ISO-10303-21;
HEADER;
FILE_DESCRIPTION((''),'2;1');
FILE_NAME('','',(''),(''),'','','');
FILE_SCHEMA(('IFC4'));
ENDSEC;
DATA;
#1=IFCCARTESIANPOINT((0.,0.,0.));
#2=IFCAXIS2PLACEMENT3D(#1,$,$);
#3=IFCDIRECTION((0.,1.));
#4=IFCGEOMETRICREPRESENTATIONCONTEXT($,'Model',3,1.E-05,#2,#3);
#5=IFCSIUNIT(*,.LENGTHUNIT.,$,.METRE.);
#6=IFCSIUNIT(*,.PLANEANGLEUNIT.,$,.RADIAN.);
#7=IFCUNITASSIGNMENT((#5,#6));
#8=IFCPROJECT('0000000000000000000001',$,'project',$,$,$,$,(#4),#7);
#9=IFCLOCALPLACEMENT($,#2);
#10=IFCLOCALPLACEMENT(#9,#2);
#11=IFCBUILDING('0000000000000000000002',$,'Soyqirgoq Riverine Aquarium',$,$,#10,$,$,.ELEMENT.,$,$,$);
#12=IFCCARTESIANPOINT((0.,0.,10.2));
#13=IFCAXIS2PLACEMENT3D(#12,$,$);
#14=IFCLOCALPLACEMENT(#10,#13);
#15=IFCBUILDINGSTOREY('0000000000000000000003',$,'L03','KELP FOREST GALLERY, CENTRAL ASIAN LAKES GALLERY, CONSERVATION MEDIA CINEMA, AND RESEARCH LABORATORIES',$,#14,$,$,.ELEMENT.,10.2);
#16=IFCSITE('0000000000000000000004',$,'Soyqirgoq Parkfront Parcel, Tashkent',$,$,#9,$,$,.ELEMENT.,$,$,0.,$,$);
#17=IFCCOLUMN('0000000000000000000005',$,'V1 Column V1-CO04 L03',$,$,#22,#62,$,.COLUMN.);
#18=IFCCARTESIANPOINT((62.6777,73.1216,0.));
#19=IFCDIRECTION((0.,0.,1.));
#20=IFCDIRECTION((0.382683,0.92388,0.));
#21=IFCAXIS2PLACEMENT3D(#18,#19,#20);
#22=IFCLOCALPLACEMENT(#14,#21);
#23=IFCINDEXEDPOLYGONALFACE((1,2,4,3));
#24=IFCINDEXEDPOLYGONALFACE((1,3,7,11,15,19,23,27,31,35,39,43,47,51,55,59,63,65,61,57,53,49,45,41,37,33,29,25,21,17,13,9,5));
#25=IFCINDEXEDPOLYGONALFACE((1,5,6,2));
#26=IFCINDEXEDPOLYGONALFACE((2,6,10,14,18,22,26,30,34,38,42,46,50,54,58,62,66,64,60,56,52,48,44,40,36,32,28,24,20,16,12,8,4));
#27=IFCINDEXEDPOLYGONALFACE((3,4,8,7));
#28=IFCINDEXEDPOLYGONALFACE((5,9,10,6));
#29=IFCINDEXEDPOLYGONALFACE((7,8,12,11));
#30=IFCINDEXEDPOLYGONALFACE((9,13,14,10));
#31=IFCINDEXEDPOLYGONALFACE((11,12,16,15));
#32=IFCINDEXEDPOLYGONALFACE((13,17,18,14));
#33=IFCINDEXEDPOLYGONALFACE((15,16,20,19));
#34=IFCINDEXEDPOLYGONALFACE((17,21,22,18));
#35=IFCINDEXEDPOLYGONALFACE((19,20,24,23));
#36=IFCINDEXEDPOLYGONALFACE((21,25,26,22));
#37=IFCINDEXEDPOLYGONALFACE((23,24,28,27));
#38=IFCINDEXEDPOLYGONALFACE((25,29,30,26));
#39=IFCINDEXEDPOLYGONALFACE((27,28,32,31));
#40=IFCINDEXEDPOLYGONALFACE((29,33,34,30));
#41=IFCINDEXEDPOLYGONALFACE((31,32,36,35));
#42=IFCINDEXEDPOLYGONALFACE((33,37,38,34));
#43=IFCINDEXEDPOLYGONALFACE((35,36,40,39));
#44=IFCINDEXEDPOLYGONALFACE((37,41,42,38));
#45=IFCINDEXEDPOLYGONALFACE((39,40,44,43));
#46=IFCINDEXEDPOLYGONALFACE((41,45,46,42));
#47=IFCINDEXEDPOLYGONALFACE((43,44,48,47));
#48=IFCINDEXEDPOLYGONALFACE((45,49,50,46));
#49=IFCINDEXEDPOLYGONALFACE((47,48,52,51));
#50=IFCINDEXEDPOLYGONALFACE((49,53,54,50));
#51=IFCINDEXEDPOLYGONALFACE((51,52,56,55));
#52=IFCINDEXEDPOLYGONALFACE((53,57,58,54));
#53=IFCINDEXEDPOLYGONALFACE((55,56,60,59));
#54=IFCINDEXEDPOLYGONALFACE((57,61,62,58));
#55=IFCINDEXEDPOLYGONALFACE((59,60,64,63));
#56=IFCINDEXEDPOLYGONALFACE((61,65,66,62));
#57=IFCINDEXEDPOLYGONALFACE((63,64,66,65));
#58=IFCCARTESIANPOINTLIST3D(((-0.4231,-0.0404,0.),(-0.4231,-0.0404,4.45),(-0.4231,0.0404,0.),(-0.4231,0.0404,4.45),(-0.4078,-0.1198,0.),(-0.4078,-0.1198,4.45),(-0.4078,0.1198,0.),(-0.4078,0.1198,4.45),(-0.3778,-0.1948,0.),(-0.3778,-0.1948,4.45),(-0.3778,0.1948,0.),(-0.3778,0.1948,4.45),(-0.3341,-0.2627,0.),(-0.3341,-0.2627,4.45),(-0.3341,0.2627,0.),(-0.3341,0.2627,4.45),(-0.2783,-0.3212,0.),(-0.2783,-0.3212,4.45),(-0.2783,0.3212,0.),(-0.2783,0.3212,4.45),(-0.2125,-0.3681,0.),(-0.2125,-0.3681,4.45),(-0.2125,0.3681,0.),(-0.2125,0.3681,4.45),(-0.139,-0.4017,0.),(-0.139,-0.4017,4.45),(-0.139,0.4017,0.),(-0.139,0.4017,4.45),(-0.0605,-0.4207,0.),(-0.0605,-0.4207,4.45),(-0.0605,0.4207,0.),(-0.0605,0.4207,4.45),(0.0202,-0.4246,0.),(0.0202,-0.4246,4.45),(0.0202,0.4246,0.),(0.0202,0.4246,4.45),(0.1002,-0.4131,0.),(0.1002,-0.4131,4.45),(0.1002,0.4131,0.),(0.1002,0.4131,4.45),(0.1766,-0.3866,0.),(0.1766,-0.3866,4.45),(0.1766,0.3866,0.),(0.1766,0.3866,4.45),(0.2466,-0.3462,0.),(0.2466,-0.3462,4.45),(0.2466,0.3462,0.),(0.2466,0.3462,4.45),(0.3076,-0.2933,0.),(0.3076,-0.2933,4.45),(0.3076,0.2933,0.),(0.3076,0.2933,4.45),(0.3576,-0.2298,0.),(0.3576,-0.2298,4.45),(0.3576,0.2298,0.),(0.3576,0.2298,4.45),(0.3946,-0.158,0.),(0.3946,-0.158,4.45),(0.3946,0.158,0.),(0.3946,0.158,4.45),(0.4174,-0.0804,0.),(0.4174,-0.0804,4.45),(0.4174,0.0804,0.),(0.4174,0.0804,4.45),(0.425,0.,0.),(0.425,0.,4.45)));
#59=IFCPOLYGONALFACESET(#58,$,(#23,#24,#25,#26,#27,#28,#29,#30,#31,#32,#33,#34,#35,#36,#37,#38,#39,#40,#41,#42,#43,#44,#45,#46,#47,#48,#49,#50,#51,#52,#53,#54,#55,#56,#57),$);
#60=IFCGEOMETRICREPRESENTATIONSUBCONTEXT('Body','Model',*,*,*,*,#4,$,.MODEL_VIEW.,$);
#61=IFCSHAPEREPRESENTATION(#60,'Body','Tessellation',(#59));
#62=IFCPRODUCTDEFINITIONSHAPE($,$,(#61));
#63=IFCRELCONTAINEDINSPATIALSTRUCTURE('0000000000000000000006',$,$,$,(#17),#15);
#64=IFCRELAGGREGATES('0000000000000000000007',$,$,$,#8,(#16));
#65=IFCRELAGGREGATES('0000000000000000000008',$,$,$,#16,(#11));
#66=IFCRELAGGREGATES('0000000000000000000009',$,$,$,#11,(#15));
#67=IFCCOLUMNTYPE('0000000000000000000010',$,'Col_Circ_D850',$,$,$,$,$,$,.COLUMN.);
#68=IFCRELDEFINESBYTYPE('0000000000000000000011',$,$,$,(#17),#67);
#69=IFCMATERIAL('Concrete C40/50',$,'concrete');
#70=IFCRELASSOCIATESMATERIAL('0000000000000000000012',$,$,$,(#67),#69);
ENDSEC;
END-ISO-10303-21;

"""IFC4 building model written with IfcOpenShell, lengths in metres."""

from ifc_helpers import new_model, si_unit, direction, frame, origin, origin_2d, place, context, subcontext, project, spatial, circle, extrude, material, material_profile, profile_set, type_object, element, save


model = new_model("IFC4")

# Units and contexts
model_context = context("Model", 3, precision=1e-05, world=origin(), true_north=direction((0.0, 1.0)))
body_context = subcontext(model_context, "Body", "Model", "MODEL_VIEW")
ifc_project = project(units=[si_unit("LENGTHUNIT", "METRE"), si_unit("PLANEANGLEUNIT", "RADIAN")], contexts=[model_context])

# Site, building, storey
site_placement = place(None, origin())
site = spatial("IfcSite", under=ifc_project, at=site_placement, Name="Soyqirgoq Parkfront Parcel, Tashkent", CompositionType="ELEMENT", RefElevation=0.0)
building_placement = place(site_placement, origin())
building = spatial("IfcBuilding", under=site, at=building_placement, Name="Soyqirgoq Riverine Aquarium", CompositionType="ELEMENT")
storey_placement = place(building_placement, frame((0.0, 0.0, 10.2)))
storey = spatial("IfcBuildingStorey", under=building, at=storey_placement, Name="L03", Description="KELP FOREST GALLERY, CENTRAL ASIAN LAKES GALLERY, CONSERVATION MEDIA CINEMA, AND RESEARCH LABORATORIES", CompositionType="ELEMENT", Elevation=10.2)

# Column
ifc_material_1 = material(Name="Concrete C40/50", Category="concrete")
ifc_material_profile_1 = material_profile(ifc_material_1, circle(Radius=0.425, at=origin_2d()), Name="RC-COL D850")
ifc_profile_set_1 = profile_set([ifc_material_profile_1], Name="Concrete C40/50")
column_type_1 = type_object("IfcColumnType", Name="Col_Circ_D850", PredefinedType="COLUMN", material=ifc_profile_set_1)
column_1_placement = place(storey_placement, frame((62.6777, 73.1216, 0.0), z_axis=(0.0, 0.0, 1.0), x_axis=(0.382683, 0.92388, 0.0)))
element("IfcColumn", 1, at=column_1_placement, inside=storey, type_object=column_type_1, Name="V1 Column V1-CO04 L03", PredefinedType="COLUMN", context=body_context, shape_type="SweptSolid", body=[
    extrude(circle(Radius=0.425, at=origin_2d()), origin(), (0.0, 0.0, 1.0), 4.45),
])

save(model, "model.ifc")
